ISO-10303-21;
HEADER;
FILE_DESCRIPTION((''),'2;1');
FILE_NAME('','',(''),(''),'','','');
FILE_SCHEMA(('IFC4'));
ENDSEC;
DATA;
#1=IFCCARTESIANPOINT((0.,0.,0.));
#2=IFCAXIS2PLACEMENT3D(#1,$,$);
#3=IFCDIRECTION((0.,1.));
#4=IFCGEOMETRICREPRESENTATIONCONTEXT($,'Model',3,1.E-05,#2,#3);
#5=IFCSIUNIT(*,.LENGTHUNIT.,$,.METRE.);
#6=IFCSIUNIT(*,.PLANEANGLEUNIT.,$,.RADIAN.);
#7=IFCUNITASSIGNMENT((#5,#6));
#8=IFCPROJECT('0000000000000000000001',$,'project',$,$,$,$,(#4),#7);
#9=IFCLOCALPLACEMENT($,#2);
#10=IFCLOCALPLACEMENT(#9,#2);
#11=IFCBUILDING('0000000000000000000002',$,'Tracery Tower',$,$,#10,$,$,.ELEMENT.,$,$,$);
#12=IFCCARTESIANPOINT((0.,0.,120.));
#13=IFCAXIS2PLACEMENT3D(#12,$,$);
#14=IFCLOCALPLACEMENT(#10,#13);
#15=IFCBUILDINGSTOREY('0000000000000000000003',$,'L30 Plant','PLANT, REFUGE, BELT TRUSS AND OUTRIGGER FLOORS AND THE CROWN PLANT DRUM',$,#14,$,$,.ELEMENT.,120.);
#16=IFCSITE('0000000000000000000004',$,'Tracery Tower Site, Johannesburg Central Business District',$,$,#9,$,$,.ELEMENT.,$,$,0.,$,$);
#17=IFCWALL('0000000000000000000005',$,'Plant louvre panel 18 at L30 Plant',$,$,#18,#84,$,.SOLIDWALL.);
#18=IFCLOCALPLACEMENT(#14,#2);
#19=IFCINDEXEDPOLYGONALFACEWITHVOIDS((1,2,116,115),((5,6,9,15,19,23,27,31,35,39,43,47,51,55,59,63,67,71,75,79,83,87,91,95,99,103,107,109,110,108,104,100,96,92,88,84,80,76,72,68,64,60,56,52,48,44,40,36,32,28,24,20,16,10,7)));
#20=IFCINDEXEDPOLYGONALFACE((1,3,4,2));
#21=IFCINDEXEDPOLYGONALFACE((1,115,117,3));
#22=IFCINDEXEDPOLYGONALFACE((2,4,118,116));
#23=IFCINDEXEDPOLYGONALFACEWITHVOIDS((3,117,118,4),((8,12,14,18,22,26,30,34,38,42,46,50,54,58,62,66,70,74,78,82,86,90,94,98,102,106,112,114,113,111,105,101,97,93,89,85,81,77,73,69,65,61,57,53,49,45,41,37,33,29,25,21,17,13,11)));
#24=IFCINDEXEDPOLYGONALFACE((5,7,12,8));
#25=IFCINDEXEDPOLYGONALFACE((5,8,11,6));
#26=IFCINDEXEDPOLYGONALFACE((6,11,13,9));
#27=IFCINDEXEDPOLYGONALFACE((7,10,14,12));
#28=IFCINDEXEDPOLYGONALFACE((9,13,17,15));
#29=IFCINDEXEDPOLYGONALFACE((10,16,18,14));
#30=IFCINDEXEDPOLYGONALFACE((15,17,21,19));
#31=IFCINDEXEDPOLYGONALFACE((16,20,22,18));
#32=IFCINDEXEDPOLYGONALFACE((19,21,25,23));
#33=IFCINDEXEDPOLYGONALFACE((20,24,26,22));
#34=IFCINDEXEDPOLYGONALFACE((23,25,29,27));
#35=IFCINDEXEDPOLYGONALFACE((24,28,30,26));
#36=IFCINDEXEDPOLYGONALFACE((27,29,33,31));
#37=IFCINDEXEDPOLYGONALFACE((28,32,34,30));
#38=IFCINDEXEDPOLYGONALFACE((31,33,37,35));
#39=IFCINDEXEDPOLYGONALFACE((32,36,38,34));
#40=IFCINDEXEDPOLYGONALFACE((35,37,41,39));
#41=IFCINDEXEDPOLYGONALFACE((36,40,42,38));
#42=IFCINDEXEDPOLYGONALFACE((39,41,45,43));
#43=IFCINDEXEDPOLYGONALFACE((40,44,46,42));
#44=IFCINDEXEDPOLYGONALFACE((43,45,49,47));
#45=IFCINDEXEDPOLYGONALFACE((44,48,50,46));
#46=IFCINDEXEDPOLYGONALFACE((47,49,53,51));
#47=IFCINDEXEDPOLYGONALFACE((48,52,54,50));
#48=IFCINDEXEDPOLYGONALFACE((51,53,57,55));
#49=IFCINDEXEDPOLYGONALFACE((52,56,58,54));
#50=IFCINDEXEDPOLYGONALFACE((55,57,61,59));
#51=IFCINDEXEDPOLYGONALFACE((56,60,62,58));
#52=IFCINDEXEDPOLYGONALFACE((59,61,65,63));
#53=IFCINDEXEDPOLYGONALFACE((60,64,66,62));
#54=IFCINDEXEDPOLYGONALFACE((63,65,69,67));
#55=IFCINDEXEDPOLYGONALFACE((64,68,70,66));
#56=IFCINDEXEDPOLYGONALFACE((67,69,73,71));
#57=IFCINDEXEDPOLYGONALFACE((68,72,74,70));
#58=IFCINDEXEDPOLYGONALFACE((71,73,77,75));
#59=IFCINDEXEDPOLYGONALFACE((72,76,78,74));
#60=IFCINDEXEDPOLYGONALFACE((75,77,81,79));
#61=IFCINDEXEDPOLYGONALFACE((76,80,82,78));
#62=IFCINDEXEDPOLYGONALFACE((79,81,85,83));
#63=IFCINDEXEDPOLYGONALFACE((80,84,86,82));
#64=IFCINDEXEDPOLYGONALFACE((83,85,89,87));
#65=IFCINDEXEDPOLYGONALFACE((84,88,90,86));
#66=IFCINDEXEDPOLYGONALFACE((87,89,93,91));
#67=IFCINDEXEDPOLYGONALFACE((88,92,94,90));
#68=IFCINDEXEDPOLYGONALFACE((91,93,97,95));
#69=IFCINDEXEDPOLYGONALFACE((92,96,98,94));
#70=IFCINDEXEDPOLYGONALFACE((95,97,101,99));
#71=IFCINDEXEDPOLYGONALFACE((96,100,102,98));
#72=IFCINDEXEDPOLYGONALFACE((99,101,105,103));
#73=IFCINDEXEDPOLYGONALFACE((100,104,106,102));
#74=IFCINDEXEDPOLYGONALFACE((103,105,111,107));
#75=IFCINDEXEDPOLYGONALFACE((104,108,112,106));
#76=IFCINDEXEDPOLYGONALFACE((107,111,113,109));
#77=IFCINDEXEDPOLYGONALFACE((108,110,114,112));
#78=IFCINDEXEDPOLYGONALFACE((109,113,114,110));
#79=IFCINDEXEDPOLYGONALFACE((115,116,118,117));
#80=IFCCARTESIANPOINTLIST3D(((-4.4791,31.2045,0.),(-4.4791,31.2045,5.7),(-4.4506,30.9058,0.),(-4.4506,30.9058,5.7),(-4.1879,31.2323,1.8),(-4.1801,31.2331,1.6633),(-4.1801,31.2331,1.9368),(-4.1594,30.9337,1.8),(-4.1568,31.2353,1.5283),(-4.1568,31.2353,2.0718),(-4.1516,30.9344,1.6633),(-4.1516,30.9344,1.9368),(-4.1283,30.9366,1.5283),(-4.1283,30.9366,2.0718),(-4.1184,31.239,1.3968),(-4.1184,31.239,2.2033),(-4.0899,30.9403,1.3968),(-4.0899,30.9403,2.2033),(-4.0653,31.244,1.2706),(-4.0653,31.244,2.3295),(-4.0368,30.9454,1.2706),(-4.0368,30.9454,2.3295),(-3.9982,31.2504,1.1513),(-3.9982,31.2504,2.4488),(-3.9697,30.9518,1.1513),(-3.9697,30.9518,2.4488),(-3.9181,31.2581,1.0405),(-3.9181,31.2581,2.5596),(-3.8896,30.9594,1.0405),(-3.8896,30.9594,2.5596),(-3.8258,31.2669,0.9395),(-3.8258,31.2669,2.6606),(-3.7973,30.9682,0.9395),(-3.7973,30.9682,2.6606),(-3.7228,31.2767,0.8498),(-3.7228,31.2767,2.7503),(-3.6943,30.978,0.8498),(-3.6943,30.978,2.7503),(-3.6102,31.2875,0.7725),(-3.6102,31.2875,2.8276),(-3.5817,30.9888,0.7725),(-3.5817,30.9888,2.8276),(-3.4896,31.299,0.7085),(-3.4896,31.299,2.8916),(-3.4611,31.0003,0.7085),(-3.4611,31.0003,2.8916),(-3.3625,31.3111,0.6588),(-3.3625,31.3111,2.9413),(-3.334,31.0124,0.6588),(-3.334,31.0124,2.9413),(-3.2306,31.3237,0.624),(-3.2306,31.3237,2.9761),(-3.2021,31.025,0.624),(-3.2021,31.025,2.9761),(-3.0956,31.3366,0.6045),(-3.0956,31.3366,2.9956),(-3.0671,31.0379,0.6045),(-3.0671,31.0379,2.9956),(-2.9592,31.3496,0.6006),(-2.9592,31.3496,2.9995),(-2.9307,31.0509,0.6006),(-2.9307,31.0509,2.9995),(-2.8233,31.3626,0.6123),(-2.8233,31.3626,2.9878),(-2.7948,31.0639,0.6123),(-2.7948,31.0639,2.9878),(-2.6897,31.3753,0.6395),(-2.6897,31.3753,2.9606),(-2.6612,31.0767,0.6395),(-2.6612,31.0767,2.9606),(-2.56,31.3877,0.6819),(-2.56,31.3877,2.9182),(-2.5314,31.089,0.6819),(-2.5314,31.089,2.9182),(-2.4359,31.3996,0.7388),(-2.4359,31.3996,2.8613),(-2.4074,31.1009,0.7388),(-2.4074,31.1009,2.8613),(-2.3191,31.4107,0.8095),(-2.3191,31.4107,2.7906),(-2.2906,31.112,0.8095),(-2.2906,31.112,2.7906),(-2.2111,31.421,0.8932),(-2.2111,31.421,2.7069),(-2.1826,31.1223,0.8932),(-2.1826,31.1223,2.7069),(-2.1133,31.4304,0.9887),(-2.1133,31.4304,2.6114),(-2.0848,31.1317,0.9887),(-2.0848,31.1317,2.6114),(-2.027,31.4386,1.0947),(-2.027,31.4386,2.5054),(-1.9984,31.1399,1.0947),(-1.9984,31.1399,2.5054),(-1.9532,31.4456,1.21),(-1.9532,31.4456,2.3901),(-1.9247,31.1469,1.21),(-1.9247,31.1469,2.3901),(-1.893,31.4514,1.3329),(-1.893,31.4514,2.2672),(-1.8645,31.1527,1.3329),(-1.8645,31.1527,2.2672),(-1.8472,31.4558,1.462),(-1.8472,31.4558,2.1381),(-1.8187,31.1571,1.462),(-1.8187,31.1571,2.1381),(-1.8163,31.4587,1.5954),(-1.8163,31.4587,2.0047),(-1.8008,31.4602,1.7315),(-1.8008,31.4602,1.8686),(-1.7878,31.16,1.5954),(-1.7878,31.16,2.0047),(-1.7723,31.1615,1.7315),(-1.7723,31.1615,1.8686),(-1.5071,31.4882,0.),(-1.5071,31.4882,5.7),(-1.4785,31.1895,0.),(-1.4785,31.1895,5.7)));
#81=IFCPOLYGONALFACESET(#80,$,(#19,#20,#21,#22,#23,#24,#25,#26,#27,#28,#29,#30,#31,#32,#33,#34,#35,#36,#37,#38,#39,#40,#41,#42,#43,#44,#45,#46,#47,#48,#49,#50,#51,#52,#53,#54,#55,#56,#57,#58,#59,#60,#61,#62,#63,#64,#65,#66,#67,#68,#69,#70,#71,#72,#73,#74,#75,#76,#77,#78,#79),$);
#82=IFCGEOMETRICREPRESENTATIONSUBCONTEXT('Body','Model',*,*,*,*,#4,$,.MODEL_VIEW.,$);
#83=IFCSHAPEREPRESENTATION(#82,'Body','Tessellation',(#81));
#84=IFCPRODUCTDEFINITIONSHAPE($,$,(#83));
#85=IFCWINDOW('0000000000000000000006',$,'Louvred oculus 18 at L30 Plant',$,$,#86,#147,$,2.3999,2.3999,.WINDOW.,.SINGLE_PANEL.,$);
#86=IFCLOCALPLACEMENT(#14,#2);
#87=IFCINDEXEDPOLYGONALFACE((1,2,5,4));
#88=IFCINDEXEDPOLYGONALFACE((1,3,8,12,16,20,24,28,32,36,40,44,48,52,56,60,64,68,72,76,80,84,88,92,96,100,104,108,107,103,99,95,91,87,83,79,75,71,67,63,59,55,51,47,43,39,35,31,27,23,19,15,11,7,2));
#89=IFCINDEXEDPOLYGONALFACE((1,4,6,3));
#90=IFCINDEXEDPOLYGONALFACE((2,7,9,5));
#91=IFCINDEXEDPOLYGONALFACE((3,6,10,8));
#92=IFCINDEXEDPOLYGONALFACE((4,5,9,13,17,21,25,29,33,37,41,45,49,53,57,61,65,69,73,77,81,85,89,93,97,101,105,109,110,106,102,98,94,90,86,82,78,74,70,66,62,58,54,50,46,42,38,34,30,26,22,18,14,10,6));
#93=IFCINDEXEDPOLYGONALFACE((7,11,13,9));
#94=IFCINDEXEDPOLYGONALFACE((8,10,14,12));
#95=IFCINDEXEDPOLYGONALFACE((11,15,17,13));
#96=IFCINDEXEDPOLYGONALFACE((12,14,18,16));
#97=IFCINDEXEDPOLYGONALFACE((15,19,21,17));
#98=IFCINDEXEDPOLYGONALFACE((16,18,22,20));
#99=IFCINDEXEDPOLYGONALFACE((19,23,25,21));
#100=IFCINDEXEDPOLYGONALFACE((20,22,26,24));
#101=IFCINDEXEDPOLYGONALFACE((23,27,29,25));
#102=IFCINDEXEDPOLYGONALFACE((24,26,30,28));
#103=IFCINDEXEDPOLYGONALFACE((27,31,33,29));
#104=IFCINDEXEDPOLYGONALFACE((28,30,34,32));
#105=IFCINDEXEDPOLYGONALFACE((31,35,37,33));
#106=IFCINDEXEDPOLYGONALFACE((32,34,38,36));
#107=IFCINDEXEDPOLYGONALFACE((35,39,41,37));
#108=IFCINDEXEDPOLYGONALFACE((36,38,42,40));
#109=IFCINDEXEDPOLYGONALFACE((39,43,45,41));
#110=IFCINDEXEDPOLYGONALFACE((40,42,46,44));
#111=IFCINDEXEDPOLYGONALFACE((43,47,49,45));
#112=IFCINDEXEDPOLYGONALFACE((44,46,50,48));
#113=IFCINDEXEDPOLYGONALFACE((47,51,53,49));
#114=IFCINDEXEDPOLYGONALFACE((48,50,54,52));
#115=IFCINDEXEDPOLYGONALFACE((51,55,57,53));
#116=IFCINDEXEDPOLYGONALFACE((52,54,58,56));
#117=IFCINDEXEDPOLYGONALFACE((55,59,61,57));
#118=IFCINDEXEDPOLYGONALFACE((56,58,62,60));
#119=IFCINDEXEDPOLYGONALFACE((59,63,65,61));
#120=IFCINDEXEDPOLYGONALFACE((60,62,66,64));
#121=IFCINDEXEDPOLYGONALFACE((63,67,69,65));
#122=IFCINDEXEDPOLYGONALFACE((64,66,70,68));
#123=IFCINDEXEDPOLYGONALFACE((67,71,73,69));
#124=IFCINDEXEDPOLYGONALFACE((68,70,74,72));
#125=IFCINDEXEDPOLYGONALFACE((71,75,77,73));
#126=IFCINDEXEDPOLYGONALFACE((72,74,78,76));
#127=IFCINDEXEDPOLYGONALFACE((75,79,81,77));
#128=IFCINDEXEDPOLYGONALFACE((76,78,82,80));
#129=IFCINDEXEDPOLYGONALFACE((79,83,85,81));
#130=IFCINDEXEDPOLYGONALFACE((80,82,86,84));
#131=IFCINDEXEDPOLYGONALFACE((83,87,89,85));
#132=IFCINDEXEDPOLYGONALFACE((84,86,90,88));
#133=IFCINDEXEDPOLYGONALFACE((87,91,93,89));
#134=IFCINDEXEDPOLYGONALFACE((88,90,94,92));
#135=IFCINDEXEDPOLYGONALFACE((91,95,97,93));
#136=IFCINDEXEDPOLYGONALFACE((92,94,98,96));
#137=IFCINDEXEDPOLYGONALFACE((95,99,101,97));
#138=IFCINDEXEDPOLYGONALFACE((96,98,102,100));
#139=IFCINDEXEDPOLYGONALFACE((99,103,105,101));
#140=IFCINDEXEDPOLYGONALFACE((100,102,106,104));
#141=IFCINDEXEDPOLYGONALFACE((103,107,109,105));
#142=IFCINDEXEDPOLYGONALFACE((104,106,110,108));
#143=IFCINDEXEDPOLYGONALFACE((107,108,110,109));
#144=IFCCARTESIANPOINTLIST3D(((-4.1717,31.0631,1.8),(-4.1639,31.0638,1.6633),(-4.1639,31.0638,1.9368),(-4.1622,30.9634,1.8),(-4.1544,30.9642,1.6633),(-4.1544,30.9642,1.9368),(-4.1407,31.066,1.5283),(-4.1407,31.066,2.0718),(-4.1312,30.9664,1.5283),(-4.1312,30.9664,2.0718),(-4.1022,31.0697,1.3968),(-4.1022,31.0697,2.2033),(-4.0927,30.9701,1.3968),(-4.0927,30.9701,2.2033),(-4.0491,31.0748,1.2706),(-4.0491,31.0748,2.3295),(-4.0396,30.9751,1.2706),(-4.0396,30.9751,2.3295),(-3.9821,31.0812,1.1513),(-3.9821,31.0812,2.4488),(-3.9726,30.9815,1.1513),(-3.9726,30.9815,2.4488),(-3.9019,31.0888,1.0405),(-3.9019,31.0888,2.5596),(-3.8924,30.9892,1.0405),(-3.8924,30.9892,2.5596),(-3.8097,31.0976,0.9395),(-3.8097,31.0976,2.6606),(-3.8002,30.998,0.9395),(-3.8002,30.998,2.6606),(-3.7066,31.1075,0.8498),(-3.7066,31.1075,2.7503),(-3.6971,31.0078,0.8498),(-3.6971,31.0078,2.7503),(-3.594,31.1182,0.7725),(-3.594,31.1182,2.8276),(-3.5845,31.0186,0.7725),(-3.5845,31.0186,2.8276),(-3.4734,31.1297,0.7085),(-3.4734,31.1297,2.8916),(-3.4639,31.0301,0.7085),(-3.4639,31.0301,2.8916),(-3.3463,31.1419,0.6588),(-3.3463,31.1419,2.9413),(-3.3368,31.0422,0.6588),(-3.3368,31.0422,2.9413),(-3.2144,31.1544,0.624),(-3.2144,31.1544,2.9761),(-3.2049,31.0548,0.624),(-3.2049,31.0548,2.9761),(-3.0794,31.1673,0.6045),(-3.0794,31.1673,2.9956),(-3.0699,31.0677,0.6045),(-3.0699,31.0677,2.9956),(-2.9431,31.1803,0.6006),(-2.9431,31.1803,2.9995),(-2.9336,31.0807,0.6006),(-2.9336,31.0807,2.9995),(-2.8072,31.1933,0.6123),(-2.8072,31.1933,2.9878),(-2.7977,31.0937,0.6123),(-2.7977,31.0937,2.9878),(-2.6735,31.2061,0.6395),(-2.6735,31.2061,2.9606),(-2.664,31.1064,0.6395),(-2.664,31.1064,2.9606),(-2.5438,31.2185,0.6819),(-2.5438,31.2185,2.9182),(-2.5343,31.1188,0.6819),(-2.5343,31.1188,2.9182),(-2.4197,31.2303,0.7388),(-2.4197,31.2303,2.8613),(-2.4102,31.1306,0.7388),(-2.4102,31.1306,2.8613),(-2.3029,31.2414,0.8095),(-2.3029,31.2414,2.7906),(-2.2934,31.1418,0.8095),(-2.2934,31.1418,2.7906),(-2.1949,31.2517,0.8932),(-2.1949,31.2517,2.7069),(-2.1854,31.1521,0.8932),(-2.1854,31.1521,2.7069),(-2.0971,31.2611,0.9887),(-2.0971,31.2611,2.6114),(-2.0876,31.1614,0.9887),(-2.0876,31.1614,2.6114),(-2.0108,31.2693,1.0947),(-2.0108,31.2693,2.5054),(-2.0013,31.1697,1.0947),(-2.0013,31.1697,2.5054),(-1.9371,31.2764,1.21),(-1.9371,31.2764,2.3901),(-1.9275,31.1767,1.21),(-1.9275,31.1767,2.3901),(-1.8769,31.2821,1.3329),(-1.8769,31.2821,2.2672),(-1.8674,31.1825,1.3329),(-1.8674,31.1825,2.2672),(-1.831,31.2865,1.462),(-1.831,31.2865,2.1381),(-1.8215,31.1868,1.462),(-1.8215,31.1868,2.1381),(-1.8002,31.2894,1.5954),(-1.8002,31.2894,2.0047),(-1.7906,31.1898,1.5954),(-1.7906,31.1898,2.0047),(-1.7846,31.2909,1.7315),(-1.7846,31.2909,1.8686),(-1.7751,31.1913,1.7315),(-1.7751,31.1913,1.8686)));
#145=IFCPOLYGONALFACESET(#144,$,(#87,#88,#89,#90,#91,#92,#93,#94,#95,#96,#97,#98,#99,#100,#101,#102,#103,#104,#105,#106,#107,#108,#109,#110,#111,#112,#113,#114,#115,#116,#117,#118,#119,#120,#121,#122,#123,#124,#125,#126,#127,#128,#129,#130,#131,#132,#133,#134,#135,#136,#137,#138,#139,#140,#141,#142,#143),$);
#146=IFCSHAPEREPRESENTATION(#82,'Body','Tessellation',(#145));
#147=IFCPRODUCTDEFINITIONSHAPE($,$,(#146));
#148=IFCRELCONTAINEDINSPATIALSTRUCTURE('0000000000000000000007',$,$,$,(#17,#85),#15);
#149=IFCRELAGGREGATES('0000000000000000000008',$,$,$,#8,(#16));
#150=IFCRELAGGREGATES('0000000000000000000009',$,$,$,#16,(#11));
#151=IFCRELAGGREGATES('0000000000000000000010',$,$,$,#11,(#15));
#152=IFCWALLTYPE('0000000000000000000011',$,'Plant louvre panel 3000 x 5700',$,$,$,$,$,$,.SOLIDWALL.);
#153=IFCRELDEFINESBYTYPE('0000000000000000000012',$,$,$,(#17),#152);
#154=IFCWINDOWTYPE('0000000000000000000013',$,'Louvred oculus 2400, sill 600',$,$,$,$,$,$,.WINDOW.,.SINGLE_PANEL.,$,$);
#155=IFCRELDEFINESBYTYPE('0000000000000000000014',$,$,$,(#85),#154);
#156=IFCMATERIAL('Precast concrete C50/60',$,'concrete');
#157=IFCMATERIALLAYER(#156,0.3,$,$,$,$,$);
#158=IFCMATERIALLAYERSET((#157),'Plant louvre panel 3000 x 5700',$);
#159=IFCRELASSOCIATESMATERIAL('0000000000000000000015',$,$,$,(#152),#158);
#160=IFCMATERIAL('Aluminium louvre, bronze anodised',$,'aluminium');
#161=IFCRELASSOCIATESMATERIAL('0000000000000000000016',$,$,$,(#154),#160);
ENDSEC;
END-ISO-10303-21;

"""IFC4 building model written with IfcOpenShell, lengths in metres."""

from ifc_helpers import new_model, si_unit, direction, frame, frame_2d, origin, origin_2d, place, context, subcontext, project, spatial, rectangle, circle, extrude, material, layer, layer_set, type_object, element, fill, save


model = new_model("IFC4")

# Units and contexts
model_context = context("Model", 3, precision=1e-05, world=origin(), true_north=direction((0.0, 1.0)))
body_context = subcontext(model_context, "Body", "Model", "MODEL_VIEW")
ifc_project = project(units=[si_unit("LENGTHUNIT", "METRE"), si_unit("PLANEANGLEUNIT", "RADIAN")], contexts=[model_context])

# Site, building, storey
site_placement = place(None, origin())
site = spatial("IfcSite", under=ifc_project, at=site_placement, Name="Tracery Tower Site, Johannesburg Central Business District", CompositionType="ELEMENT", RefElevation=0.0)
building_placement = place(site_placement, origin())
building = spatial("IfcBuilding", under=site, at=building_placement, Name="Tracery Tower", CompositionType="ELEMENT")
storey_placement = place(building_placement, frame((0.0, 0.0, 120.0)))
storey = spatial("IfcBuildingStorey", under=building, at=storey_placement, Name="L30 Plant", Description="PLANT, REFUGE, BELT TRUSS AND OUTRIGGER FLOORS AND THE CROWN PLANT DRUM", CompositionType="ELEMENT", Elevation=120.0)

# Wall, opening, window
ifc_material_1 = material(Name="Precast concrete C50/60", Category="concrete")
ifc_layer_1 = layer(ifc_material_1, 0.3)
ifc_layer_set_1 = layer_set([ifc_layer_1], Name="Plant louvre panel 3000 x 5700")
wall_type_1 = type_object("IfcWallType", Name="Plant louvre panel 3000 x 5700", PredefinedType="SOLIDWALL", material=ifc_layer_set_1)
wall_1_placement = place(storey_placement, frame((-1.4929, 31.3389, 0.0), z_axis=(0.0, 0.0, 1.0), x_axis=(-0.995476, -0.095017, 0.0)))
wall_1 = element("IfcWall", 1, at=wall_1_placement, inside=storey, type_object=wall_type_1, Name="Plant louvre panel 18 at L30 Plant", PredefinedType="SOLIDWALL", context=body_context, shape_type="SweptSolid", body=[
    extrude(rectangle(XDim=2.9856, YDim=0.3, at=frame_2d((1.4927, 0.0))), origin(), (0.0, 0.0, 1.0), 5.7),
])
opening_1_placement = place(wall_1_placement, frame((1.4929, 0.0, 1.8)))
opening_1 = element("IfcOpeningElement", 2, at=opening_1_placement, cuts=wall_1, PredefinedType="OPENING", context=body_context, shape_type="SweptSolid", body=[
    extrude(circle(Radius=1.2, at=origin_2d()), frame((0.0, 0.1599, 0.0), z_axis=(0.0, -1.0, 0.0), x_axis=(1.0, 0.0, 0.0)), (0.0, 0.0, 1.0), 0.3201),
])
ifc_material_2 = material(Name="Aluminium louvre, bronze anodised", Category="aluminium")
window_type = type_object("IfcWindowType", Name="Louvred oculus 2400, sill 600", PartitioningType="SINGLE_PANEL", PredefinedType="WINDOW", material=ifc_material_2)
window_1_placement = place(opening_1_placement, origin())
window_1 = element("IfcWindow", 3, at=window_1_placement, inside=storey, type_object=window_type, Name="Louvred oculus 18 at L30 Plant", OverallHeight=2.3999, OverallWidth=2.3999, PartitioningType="SINGLE_PANEL", PredefinedType="WINDOW", context=body_context, shape_type="SweptSolid", body=[
    extrude(circle(Radius=1.2, at=origin_2d()), frame((0.0, 0.1201, 0.0), z_axis=(0.0, -1.0, 0.0), x_axis=(1.0, 0.0, 0.0)), (0.0, 0.0, 1.0), 0.1001),
])
fill(opening_1, window_1)

save(model, "model.ifc")
